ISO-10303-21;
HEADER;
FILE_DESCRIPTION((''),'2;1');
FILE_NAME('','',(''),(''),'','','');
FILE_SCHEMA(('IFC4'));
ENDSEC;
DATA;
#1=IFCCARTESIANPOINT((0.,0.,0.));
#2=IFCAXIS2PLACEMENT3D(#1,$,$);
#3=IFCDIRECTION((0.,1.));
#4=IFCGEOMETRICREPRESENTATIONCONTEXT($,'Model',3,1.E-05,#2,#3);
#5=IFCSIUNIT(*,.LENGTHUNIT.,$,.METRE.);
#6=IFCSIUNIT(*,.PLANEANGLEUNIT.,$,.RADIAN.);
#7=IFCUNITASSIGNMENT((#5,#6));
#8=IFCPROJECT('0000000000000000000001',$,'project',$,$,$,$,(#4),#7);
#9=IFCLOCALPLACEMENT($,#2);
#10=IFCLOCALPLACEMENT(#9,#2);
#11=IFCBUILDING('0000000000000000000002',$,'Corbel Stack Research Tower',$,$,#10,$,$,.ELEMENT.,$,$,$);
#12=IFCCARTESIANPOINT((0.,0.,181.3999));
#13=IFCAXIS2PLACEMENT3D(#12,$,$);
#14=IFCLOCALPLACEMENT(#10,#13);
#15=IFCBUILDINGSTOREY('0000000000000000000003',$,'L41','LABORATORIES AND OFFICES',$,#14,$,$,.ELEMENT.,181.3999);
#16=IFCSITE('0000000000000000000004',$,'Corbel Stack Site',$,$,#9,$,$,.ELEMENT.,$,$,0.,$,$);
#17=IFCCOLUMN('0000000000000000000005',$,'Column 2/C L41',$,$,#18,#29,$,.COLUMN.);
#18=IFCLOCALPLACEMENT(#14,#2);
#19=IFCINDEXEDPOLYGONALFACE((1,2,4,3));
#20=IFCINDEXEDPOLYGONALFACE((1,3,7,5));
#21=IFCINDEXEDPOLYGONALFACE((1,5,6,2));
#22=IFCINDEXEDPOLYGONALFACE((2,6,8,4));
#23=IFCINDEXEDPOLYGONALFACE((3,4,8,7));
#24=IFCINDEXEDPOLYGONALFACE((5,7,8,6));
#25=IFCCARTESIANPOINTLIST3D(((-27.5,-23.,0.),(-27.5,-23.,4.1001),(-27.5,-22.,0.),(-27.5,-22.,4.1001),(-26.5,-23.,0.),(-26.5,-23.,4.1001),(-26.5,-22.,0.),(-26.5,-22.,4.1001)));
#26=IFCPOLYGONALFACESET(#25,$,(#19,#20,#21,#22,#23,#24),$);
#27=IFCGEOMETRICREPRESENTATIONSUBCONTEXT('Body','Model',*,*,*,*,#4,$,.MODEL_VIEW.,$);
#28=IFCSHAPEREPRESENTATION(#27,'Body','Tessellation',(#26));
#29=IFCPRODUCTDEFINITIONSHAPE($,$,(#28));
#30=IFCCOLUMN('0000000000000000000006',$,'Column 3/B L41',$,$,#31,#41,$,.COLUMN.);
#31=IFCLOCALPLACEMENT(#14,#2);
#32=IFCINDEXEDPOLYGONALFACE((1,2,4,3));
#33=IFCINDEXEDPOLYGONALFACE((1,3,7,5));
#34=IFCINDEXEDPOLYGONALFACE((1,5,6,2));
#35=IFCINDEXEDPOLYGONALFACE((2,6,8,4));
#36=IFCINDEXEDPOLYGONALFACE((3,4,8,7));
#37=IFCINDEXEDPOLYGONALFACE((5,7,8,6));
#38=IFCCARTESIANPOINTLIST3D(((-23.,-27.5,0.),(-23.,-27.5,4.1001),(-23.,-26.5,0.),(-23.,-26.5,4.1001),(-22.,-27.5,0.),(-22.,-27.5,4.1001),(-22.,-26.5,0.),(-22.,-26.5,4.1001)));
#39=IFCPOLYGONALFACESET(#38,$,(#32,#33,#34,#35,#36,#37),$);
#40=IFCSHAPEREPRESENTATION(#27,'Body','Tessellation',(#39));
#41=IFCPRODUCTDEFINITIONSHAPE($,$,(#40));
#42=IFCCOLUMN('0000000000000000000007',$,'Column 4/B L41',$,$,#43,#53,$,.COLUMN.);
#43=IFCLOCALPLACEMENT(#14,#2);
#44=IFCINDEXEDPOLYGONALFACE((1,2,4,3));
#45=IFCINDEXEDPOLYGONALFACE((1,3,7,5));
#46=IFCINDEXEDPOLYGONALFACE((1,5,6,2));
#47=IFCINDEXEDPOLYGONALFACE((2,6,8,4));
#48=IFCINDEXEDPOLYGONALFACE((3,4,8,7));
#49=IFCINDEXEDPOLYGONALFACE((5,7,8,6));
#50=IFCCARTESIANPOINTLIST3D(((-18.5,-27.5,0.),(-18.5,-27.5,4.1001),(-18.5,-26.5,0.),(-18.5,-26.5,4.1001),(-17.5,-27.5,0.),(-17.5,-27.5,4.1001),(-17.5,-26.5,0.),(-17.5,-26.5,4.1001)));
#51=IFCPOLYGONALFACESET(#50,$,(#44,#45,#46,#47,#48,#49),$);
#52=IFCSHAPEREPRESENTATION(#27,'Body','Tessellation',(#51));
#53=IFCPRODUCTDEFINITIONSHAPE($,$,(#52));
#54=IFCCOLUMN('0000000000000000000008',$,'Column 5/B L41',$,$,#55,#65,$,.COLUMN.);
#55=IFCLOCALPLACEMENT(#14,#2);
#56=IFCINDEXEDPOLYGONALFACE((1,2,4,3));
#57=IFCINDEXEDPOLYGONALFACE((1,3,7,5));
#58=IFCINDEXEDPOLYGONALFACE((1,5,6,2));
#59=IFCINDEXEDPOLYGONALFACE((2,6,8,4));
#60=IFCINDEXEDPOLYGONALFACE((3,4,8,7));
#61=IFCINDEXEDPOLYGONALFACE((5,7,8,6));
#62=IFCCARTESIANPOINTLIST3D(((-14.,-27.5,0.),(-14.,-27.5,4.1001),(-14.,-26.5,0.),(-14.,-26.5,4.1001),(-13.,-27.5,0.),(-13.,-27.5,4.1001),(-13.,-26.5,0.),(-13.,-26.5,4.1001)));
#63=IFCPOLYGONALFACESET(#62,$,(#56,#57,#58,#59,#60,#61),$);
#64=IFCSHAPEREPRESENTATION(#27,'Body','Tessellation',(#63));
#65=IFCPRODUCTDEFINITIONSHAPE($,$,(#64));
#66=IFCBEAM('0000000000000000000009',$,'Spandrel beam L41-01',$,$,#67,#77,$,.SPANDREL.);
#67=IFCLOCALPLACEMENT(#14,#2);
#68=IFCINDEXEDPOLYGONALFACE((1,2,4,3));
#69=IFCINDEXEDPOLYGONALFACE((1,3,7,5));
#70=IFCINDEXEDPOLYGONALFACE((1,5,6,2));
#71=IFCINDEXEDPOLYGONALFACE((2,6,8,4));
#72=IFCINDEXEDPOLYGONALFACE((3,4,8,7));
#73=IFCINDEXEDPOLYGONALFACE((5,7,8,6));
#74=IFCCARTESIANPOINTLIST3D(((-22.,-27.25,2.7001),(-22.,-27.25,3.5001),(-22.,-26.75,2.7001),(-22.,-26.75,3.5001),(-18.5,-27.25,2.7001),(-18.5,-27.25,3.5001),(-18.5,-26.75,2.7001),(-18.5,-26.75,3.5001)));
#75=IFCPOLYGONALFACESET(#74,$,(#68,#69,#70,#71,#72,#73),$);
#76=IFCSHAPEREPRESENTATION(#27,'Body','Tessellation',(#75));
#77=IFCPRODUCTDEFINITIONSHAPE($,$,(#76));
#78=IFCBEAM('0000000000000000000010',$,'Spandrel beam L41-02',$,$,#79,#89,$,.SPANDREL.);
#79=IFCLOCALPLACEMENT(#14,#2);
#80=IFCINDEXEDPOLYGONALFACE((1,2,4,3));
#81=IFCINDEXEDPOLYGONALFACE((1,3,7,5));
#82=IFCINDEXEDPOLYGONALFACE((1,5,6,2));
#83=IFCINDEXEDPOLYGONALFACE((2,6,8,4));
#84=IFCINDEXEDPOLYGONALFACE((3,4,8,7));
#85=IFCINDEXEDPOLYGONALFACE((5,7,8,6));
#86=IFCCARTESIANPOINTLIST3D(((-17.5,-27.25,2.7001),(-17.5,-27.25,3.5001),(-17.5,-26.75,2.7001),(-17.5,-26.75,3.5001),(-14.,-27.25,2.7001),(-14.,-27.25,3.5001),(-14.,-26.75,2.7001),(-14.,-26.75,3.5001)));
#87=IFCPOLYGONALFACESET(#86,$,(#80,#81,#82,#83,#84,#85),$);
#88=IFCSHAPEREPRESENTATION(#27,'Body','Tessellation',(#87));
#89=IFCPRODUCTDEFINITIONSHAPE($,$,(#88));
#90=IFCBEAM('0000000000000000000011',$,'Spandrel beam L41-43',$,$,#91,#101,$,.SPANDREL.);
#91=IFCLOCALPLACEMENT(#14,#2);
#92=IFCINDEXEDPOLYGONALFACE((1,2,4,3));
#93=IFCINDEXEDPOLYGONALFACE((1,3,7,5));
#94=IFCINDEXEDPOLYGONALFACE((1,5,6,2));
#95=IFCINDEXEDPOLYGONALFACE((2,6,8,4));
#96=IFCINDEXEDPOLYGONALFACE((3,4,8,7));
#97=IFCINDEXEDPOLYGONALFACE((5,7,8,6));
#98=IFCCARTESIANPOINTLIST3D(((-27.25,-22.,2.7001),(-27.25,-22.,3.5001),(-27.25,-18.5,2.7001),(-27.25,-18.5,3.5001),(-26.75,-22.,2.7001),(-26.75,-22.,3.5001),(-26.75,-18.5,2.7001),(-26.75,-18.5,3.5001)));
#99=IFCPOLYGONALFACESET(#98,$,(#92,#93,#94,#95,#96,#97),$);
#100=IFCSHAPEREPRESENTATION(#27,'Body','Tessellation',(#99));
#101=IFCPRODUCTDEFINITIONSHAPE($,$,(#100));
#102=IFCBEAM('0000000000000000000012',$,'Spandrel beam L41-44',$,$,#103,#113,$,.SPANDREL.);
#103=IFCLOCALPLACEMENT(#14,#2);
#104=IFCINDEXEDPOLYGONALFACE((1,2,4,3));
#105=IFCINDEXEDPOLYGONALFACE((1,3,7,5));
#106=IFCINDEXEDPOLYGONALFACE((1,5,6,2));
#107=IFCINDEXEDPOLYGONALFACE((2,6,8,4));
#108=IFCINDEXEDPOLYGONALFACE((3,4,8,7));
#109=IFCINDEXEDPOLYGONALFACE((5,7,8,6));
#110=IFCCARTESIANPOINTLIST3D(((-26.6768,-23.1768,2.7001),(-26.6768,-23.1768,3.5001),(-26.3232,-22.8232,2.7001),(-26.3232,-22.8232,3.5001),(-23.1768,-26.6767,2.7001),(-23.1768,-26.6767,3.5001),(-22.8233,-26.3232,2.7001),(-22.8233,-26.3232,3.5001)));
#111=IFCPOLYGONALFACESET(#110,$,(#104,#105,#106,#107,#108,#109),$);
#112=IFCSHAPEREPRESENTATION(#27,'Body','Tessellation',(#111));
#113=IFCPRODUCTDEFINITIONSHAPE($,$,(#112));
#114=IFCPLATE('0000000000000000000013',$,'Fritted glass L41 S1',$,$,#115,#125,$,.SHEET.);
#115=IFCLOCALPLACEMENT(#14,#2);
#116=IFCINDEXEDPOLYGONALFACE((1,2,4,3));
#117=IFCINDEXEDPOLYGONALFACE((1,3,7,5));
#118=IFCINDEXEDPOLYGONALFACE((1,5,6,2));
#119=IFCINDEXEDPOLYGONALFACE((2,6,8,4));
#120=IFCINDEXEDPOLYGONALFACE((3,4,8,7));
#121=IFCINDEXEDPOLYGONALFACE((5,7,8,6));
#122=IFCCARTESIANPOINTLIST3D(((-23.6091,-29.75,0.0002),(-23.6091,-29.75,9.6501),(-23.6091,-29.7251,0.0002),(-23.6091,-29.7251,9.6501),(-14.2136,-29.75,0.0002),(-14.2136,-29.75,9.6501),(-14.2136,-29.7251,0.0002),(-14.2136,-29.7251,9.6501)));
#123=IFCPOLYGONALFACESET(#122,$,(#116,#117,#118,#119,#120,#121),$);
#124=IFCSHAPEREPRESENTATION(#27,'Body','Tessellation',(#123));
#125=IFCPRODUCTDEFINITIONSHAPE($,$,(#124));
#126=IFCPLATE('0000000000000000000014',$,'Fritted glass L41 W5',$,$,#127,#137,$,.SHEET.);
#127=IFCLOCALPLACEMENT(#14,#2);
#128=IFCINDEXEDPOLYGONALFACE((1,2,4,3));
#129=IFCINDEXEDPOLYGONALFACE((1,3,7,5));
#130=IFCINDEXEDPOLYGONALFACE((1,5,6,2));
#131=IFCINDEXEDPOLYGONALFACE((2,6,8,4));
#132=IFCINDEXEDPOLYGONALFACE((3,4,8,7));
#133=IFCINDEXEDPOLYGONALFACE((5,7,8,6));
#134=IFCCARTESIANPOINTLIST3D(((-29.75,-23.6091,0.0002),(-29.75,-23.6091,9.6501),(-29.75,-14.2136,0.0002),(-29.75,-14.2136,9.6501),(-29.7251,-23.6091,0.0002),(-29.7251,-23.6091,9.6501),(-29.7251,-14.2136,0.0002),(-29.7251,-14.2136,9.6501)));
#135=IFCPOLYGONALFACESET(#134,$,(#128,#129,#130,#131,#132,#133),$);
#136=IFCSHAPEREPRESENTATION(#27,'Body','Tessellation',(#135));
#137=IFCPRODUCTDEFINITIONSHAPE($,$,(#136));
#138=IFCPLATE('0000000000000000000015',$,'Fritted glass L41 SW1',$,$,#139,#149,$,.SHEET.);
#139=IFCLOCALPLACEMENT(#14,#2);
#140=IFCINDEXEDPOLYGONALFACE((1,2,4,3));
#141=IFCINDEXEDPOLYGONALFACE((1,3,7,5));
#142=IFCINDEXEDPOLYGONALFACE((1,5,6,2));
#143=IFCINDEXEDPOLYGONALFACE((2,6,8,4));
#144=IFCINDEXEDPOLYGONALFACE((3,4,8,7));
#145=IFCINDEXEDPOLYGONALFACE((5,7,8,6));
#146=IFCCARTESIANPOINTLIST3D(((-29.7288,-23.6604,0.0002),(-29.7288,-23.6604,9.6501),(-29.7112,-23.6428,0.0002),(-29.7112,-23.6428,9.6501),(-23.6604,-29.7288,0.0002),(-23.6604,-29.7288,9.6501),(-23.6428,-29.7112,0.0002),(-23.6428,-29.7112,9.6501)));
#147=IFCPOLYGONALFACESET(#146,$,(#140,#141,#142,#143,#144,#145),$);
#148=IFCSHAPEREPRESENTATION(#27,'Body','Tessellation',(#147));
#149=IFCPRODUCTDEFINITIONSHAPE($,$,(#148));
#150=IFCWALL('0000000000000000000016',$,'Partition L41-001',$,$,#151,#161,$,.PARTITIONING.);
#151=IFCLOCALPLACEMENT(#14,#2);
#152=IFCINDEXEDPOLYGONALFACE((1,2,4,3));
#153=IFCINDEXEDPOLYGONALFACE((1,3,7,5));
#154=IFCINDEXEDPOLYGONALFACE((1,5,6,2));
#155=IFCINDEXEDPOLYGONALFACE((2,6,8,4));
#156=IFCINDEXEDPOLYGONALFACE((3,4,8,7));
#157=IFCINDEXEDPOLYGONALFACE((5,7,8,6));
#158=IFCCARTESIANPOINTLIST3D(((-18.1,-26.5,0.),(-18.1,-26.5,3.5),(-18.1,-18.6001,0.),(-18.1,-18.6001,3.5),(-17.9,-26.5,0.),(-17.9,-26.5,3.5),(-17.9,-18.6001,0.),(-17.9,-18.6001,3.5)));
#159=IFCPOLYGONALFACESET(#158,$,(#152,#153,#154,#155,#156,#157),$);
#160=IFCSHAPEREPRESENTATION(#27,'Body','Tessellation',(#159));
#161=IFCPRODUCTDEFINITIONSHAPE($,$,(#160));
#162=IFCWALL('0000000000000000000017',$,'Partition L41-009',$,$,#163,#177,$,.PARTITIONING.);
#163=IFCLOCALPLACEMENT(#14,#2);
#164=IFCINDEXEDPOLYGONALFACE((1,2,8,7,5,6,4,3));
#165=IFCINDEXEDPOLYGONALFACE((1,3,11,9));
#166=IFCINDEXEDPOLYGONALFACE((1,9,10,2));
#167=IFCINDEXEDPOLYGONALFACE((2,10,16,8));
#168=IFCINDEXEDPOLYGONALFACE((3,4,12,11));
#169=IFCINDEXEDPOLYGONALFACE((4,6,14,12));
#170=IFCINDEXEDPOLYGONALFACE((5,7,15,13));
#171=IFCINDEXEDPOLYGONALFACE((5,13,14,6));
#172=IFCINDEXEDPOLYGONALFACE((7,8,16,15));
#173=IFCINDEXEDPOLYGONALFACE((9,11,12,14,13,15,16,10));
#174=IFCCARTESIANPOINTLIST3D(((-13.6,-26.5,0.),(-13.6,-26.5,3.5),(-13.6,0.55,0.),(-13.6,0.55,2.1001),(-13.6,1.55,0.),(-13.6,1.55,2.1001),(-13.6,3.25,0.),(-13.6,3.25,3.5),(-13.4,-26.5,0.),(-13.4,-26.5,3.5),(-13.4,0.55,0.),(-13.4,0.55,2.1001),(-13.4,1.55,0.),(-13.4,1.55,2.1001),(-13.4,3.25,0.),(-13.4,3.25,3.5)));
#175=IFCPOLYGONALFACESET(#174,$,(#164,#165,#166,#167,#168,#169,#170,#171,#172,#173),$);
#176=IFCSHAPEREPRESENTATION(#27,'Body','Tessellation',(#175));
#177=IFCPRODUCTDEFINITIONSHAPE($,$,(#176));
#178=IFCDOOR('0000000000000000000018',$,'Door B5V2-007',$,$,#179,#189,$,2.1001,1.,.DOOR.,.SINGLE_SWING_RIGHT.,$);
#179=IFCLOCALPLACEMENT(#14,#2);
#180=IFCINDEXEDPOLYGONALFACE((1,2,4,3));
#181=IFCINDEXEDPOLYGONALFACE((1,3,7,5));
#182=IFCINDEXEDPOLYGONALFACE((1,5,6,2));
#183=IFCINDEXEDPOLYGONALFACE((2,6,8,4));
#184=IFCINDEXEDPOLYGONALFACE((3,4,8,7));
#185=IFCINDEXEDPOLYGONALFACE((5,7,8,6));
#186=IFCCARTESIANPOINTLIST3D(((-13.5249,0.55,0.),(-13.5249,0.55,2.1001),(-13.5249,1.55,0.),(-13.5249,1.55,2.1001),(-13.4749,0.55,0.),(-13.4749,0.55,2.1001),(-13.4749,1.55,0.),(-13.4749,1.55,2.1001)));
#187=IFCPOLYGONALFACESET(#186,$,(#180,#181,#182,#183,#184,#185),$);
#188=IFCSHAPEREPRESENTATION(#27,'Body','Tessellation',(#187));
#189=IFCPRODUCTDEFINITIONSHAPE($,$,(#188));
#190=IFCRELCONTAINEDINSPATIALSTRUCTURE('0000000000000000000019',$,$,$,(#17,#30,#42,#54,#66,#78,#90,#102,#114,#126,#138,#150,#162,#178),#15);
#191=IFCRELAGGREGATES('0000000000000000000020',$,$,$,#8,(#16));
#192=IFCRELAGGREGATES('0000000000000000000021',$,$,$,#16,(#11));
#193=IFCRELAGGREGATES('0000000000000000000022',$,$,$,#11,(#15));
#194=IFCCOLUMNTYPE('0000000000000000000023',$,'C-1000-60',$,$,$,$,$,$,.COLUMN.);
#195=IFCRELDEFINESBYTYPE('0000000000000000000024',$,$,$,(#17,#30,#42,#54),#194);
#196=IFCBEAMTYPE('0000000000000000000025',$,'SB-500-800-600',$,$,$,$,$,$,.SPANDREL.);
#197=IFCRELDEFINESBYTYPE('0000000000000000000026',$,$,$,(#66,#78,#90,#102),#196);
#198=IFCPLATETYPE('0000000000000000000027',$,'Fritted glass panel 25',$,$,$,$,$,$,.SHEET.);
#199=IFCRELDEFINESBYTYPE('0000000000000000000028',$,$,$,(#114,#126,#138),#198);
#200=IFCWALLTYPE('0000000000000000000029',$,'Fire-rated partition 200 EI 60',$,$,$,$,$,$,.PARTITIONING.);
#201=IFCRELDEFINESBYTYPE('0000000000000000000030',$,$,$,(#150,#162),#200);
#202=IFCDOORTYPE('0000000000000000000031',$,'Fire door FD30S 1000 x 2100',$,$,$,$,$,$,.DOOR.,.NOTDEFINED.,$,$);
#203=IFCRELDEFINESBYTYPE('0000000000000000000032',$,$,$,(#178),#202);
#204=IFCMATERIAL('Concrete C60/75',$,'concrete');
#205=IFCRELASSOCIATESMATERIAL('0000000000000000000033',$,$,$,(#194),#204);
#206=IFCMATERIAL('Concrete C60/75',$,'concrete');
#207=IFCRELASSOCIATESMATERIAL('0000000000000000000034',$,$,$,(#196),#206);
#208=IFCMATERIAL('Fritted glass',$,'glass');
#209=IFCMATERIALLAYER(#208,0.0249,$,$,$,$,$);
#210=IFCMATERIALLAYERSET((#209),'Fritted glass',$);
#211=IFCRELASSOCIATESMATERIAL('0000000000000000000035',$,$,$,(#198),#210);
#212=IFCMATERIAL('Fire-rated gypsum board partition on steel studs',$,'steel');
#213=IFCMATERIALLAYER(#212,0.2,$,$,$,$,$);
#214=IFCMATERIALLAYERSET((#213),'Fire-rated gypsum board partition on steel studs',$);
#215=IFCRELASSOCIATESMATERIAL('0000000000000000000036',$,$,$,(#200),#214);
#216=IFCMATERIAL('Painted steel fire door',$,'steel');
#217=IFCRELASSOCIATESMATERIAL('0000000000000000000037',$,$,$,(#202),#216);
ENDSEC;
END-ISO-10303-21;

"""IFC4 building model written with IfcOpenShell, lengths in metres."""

from ifc_helpers import new_model, si_unit, direction, frame, frame_2d, origin, origin_2d, place, context, subcontext, project, spatial, rectangle, extrude, material, layer, layer_set, material_profile, profile_set, type_object, element, fill, save


model = new_model("IFC4")

# Units and contexts
model_context = context("Model", 3, precision=1e-05, world=origin(), true_north=direction((0.0, 1.0)))
body_context = subcontext(model_context, "Body", "Model", "MODEL_VIEW")
ifc_project = project(units=[si_unit("LENGTHUNIT", "METRE"), si_unit("PLANEANGLEUNIT", "RADIAN")], contexts=[model_context])

# Site, building, storey
site_placement = place(None, origin())
site = spatial("IfcSite", under=ifc_project, at=site_placement, Name="Corbel Stack Site", CompositionType="ELEMENT", RefElevation=0.0)
building_placement = place(site_placement, origin())
building = spatial("IfcBuilding", under=site, at=building_placement, Name="Corbel Stack Research Tower", CompositionType="ELEMENT")
storey_placement = place(building_placement, frame((0.0, 0.0, 181.3999)))
storey = spatial("IfcBuildingStorey", under=building, at=storey_placement, Name="L41", Description="LABORATORIES AND OFFICES", CompositionType="ELEMENT", Elevation=181.3999)

# Columns
ifc_material_1 = material(Name="Concrete C60/75", Category="concrete")
ifc_material_profile_1 = material_profile(ifc_material_1, rectangle(XDim=1.0, YDim=1.0, at=origin_2d()), Name="RC 1000 x 1000")
ifc_profile_set_1 = profile_set([ifc_material_profile_1], Name="Concrete C60/75")
column_type = type_object("IfcColumnType", Name="C-1000-60", PredefinedType="COLUMN", material=ifc_profile_set_1)
for number, where, z_axis, x_axis, name in (
    (1, (-27.0, -22.5, 0.0), (0.0, 0.0, 1.0), (1.0, 0.0, 0.0), "Column 2/C L41"),
    (2, (-22.5, -27.0, 0.0), (0.0, 0.0, 1.0), (1.0, 0.0, 0.0), "Column 3/B L41"),
    (3, (-18.0, -27.0, 0.0), (0.0, 0.0, 1.0), (1.0, 0.0, 0.0), "Column 4/B L41"),
    (4, (-13.5, -27.0, 0.0), (0.0, 0.0, 1.0), (1.0, 0.0, 0.0), "Column 5/B L41"),
):
    element("IfcColumn", number, at=place(storey_placement, frame(where, z_axis=z_axis, x_axis=x_axis)), inside=storey, type_object=column_type, Name=name, PredefinedType="COLUMN", context=body_context, shape_type="SweptSolid", body=[
        extrude(rectangle(XDim=1.0, YDim=1.0, at=origin_2d()), origin(), (0.0, 0.0, 1.0), 4.1001),
    ])

# Beams
ifc_material_2 = material(Name="Concrete C60/75", Category="concrete")
ifc_material_profile_2 = material_profile(ifc_material_2, rectangle(XDim=0.5, YDim=0.8, at=origin_2d()), Name="RC 500 x 800")
ifc_profile_set_2 = profile_set([ifc_material_profile_2], Name="Concrete C60/75")
beam_type = type_object("IfcBeamType", Name="SB-500-800-600", PredefinedType="SPANDREL", material=ifc_profile_set_2)
for number, where, z_axis, x_axis, name in (
    (5, (-22.0, -27.0, 3.1001), (1.0, 0.0, 0.0), (0.0, 1.0, 0.0), "Spandrel beam L41-01"),
    (6, (-17.5, -27.0, 3.1001), (1.0, 0.0, 0.0), (0.0, 1.0, 0.0), "Spandrel beam L41-02"),
    (7, (-27.0, -18.5, 3.1001), (0.0, -1.0, 0.0), (1.0, 0.0, 0.0), "Spandrel beam L41-43"),
):
    element("IfcBeam", number, at=place(storey_placement, frame(where, z_axis=z_axis, x_axis=x_axis)), inside=storey, type_object=beam_type, Name=name, PredefinedType="SPANDREL", context=body_context, shape_type="SweptSolid", body=[
        extrude(rectangle(XDim=0.5, YDim=0.8, at=origin_2d()), origin(), (0.0, 0.0, 1.0), 3.5),
    ])
beam_placement = place(storey_placement, frame((-26.5, -23.0, 3.1001), z_axis=(0.707107, -0.707107, 0.0), x_axis=(0.707107, 0.707107, 0.0)))
element("IfcBeam", 8, at=beam_placement, inside=storey, type_object=beam_type, Name="Spandrel beam L41-44", PredefinedType="SPANDREL", context=body_context, shape_type="SweptSolid", body=[
    extrude(rectangle(XDim=0.5, YDim=0.8, at=origin_2d()), origin(), (0.0, 0.0, 1.0), 4.9497),
])

# Plates
ifc_material_3 = material(Name="Fritted glass", Category="glass")
ifc_layer_1 = layer(ifc_material_3, 0.0249)
ifc_layer_set_1 = layer_set([ifc_layer_1], Name="Fritted glass")
plate_type = type_object("IfcPlateType", Name="Fritted glass panel 25", PredefinedType="SHEET", material=ifc_layer_set_1)
for number, where, z_axis, x_axis, name in (
    (9, (-18.9114, -29.7375, 0.0002), (0.0, 0.0, 1.0), (1.0, 0.0, 0.0), "Fritted glass L41 S1"),
    (10, (-29.7375, -18.9114, 0.0002), (0.0, 0.0, 1.0), (0.0, -1.0, 0.0), "Fritted glass L41 W5"),
):
    element("IfcPlate", number, at=place(storey_placement, frame(where, z_axis=z_axis, x_axis=x_axis)), inside=storey, type_object=plate_type, Name=name, PredefinedType="SHEET", context=body_context, shape_type="SweptSolid", body=[
        extrude(rectangle(XDim=9.3955, YDim=0.0249, at=origin_2d()), origin(), (0.0, 0.0, 1.0), 9.6499),
    ])
plate_placement = place(storey_placement, frame((-26.6858, -26.6858, 0.0002), z_axis=(0.0, 0.0, 1.0), x_axis=(0.707107, -0.707107, 0.0)))
element("IfcPlate", 11, at=plate_placement, inside=storey, type_object=plate_type, Name="Fritted glass L41 SW1", PredefinedType="SHEET", context=body_context, shape_type="SweptSolid", body=[
    extrude(rectangle(XDim=8.582, YDim=0.0249, at=origin_2d()), origin(), (0.0, 0.0, 1.0), 9.6499),
])

# Wall
ifc_material_4 = material(Name="Fire-rated gypsum board partition on steel studs", Category="steel")
ifc_layer_2 = layer(ifc_material_4, 0.2)
ifc_layer_set_2 = layer_set([ifc_layer_2], Name="Fire-rated gypsum board partition on steel studs")
wall_type_1 = type_object("IfcWallType", Name="Fire-rated partition 200 EI 60", PredefinedType="PARTITIONING", material=ifc_layer_set_2)
wall_1_placement = place(storey_placement, frame((-18.0, -26.5, 0.0), z_axis=(0.0, 0.0, 1.0), x_axis=(0.0, 1.0, 0.0)))
element("IfcWall", 12, at=wall_1_placement, inside=storey, type_object=wall_type_1, Name="Partition L41-001", PredefinedType="PARTITIONING", context=body_context, shape_type="SweptSolid", body=[
    extrude(rectangle(XDim=7.8999, YDim=0.2, at=frame_2d((3.95, 0.0))), origin(), (0.0, 0.0, 1.0), 3.5),
])

# Wall, opening, door
wall_2_placement = place(storey_placement, frame((-13.5, -26.5, 0.0), z_axis=(0.0, 0.0, 1.0), x_axis=(0.0, 1.0, 0.0)))
wall_2 = element("IfcWall", 13, at=wall_2_placement, inside=storey, type_object=wall_type_1, Name="Partition L41-009", PredefinedType="PARTITIONING", context=body_context, shape_type="SweptSolid", body=[
    extrude(rectangle(XDim=29.75, YDim=0.2, at=frame_2d((14.875, 0.0))), origin(), (0.0, 0.0, 1.0), 3.5),
])
opening_1_placement = place(wall_2_placement, frame((27.05, 0.0, 0.0)))
opening_1 = element("IfcOpeningElement", 14, at=opening_1_placement, cuts=wall_2, PredefinedType="OPENING", context=body_context, shape_type="SweptSolid", body=[
    extrude(rectangle(XDim=1.0, YDim=2.1001, at=frame_2d((0.5, 1.05))), frame((0.0, 0.1099, 0.0), z_axis=(0.0, -1.0, 0.0), x_axis=(1.0, 0.0, 0.0)), (0.0, 0.0, 1.0), 0.22),
])
ifc_material_5 = material(Name="Painted steel fire door", Category="steel")
door_type_1 = type_object("IfcDoorType", Name="Fire door FD30S 1000 x 2100", OperationType="NOTDEFINED", PredefinedType="DOOR", material=ifc_material_5)
door_1_placement = place(opening_1_placement, origin())
door_1 = element("IfcDoor", 15, at=door_1_placement, inside=storey, type_object=door_type_1, Name="Door B5V2-007", OperationType="SINGLE_SWING_RIGHT", OverallHeight=2.1001, OverallWidth=1.0, PredefinedType="DOOR", context=body_context, shape_type="SweptSolid", body=[
    extrude(rectangle(XDim=1.0, YDim=2.1001, at=frame_2d((0.5, 1.05))), frame((0.0, 0.0249, 0.0), z_axis=(0.0, -1.0, 0.0), x_axis=(1.0, 0.0, 0.0)), (0.0, 0.0, 1.0), 0.05),
])
fill(opening_1, door_1)

save(model, "model.ifc")
